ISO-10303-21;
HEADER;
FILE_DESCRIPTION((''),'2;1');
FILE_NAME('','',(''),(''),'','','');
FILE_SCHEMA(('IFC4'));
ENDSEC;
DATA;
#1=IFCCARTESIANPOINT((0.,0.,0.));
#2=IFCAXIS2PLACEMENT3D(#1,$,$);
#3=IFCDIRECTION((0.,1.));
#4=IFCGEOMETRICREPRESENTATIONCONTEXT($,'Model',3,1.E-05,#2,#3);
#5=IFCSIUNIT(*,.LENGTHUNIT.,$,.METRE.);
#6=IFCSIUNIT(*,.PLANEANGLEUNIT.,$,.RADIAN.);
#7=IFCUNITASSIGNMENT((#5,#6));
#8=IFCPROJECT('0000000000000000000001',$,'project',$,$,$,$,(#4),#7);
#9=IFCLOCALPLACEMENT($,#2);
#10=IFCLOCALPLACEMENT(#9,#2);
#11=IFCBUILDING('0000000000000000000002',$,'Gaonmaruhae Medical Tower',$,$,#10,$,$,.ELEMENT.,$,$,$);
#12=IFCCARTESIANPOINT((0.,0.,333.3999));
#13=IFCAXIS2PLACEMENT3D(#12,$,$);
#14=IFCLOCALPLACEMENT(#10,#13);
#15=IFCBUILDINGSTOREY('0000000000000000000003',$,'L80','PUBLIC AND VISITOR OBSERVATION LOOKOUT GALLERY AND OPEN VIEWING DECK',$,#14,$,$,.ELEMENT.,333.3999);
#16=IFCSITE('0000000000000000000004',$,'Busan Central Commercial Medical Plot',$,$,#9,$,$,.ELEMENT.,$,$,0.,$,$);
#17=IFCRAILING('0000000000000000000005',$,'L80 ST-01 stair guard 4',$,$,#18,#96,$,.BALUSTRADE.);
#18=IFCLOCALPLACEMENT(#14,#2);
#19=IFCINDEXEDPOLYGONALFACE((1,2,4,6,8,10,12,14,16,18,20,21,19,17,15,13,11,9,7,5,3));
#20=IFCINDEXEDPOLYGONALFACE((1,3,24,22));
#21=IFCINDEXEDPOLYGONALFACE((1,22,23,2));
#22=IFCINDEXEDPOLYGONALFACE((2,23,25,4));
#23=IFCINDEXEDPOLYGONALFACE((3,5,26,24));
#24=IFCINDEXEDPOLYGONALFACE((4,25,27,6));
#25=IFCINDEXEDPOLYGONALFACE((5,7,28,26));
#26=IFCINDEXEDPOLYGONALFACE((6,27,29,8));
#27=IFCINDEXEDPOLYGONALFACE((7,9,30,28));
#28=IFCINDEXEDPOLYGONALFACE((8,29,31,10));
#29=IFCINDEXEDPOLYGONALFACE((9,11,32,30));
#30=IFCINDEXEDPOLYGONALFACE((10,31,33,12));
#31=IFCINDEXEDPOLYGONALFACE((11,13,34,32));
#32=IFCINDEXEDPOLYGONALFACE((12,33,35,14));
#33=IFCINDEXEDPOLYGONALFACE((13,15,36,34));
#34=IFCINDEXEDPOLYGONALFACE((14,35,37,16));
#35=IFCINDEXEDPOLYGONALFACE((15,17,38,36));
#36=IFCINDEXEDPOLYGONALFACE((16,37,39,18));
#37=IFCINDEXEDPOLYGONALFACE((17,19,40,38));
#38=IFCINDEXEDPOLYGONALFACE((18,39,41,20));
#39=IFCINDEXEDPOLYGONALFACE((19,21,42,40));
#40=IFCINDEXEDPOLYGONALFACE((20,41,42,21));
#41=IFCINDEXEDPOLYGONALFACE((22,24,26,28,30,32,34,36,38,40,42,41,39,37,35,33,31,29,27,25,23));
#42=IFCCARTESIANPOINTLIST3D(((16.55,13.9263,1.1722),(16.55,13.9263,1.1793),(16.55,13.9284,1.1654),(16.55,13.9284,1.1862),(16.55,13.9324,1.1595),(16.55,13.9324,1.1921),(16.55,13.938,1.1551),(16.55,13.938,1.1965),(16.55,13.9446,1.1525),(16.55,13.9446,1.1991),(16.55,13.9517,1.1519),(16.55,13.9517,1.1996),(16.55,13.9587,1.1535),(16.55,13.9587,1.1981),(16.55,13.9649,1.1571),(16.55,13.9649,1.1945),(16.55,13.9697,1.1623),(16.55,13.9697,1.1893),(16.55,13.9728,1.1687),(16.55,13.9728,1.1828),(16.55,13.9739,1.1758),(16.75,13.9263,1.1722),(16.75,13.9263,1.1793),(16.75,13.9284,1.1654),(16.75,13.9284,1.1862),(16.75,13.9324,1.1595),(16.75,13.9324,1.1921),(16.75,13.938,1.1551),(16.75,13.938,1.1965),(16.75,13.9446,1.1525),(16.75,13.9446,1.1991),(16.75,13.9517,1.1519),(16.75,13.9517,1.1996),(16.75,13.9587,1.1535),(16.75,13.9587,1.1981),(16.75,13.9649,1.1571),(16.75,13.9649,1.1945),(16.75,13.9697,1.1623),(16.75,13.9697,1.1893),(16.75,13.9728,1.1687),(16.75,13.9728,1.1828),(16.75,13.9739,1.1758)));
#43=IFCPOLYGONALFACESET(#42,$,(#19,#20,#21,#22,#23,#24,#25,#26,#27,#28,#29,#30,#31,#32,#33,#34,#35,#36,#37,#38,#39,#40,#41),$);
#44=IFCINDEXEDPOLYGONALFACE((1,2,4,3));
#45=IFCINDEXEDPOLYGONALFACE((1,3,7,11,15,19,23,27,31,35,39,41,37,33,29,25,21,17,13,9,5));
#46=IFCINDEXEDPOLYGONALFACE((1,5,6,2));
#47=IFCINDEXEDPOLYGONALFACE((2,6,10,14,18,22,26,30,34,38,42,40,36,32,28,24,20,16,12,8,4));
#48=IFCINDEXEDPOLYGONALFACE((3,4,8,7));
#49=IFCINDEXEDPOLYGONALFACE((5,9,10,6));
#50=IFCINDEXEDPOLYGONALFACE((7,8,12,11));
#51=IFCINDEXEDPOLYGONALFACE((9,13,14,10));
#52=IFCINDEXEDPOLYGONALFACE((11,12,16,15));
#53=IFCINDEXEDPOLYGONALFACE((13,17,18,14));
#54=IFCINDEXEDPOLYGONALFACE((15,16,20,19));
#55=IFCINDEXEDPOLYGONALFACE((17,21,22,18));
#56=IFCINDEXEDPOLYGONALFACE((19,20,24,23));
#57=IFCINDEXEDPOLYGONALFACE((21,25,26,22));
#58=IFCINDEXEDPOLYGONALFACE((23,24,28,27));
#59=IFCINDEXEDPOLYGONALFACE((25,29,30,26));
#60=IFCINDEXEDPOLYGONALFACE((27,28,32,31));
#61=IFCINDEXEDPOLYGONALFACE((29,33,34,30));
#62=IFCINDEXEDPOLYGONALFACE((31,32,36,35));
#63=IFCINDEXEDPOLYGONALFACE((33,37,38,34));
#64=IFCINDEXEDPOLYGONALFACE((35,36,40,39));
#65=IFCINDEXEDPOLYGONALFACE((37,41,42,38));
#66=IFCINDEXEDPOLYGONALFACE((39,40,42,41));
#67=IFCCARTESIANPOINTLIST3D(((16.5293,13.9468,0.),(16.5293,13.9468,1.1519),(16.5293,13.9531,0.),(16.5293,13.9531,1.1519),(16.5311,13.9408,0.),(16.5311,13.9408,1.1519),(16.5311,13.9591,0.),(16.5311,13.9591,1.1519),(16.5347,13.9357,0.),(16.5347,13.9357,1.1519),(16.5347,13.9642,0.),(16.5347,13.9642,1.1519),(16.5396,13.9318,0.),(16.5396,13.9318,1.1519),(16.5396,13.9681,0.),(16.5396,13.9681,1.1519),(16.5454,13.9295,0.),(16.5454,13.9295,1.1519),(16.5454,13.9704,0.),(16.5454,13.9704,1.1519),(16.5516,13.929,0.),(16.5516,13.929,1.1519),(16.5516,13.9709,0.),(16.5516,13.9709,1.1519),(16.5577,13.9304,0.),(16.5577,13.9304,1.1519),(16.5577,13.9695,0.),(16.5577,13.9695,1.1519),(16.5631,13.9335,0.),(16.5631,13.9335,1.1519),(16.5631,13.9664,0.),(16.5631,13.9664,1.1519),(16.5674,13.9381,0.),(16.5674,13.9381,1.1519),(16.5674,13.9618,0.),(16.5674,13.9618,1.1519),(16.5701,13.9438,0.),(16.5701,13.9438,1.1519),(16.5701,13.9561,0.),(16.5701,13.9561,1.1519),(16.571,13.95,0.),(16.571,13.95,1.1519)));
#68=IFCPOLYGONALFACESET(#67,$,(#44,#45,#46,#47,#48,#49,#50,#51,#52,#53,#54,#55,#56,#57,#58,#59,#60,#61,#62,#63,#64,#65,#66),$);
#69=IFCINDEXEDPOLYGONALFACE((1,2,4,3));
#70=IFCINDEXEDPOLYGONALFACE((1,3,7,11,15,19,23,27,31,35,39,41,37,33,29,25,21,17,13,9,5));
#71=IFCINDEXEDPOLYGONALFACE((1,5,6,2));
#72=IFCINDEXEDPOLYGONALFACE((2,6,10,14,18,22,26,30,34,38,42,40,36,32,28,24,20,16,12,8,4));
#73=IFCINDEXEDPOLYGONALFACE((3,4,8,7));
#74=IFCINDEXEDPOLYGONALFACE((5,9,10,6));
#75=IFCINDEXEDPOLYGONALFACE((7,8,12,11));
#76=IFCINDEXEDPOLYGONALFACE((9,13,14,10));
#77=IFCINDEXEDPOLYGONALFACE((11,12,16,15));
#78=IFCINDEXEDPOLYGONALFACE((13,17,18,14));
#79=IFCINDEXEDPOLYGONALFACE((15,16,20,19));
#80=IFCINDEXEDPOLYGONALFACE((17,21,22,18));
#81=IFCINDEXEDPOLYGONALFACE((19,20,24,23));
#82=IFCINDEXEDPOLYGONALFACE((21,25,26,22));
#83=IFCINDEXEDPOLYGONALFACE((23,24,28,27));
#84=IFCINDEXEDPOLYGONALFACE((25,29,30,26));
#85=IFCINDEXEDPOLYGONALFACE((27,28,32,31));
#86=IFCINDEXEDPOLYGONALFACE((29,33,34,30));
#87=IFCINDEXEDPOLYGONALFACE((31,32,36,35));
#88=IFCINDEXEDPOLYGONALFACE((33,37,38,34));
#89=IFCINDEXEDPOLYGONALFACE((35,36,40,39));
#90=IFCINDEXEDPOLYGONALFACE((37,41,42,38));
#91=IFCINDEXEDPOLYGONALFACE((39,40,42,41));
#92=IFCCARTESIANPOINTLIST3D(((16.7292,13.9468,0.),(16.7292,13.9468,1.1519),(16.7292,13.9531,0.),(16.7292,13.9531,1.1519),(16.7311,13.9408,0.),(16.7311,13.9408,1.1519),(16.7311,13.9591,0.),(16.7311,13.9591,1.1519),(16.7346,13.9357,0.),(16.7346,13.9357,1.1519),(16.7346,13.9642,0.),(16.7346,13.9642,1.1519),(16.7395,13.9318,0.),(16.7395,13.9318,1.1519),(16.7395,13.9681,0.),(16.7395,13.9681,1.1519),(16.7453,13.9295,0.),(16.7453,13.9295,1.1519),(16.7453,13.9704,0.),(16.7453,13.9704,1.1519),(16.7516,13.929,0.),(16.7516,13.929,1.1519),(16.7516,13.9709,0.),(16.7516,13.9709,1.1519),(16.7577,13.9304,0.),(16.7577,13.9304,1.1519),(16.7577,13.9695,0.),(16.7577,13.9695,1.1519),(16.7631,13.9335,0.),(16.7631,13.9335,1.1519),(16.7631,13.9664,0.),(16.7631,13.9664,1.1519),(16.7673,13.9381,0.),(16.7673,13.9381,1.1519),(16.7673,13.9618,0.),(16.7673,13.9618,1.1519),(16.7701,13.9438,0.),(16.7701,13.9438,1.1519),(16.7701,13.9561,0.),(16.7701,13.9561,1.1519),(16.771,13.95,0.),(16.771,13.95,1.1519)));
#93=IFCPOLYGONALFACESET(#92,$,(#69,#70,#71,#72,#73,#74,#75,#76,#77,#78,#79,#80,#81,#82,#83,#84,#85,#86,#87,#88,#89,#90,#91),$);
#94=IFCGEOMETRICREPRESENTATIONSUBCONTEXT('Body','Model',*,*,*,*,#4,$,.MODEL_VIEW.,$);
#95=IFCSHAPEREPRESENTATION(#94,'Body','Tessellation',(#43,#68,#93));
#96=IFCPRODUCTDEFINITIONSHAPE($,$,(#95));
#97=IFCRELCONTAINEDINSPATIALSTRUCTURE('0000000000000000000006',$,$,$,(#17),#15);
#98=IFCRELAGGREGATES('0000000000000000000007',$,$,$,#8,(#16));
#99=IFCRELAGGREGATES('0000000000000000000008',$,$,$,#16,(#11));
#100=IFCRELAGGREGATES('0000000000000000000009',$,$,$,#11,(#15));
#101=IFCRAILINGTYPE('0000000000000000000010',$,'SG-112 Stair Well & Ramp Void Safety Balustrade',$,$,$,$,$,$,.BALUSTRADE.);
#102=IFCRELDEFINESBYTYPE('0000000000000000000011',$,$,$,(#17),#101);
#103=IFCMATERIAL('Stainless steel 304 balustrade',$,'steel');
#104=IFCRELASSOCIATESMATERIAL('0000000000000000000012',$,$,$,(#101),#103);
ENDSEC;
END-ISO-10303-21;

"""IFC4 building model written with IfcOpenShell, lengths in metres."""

from ifc_helpers import new_model, si_unit, direction, frame, origin, origin_2d, place, context, subcontext, project, spatial, circle, extrude, material, type_object, element, save


model = new_model("IFC4")

# Units and contexts
model_context = context("Model", 3, precision=1e-05, world=origin(), true_north=direction((0.0, 1.0)))
body_context = subcontext(model_context, "Body", "Model", "MODEL_VIEW")
ifc_project = project(units=[si_unit("LENGTHUNIT", "METRE"), si_unit("PLANEANGLEUNIT", "RADIAN")], contexts=[model_context])

# Site, building, storey
site_placement = place(None, origin())
site = spatial("IfcSite", under=ifc_project, at=site_placement, Name="Busan Central Commercial Medical Plot", CompositionType="ELEMENT", RefElevation=0.0)
building_placement = place(site_placement, origin())
building = spatial("IfcBuilding", under=site, at=building_placement, Name="Gaonmaruhae Medical Tower", CompositionType="ELEMENT")
storey_placement = place(building_placement, frame((0.0, 0.0, 333.3999)))
storey = spatial("IfcBuildingStorey", under=building, at=storey_placement, Name="L80", Description="PUBLIC AND VISITOR OBSERVATION LOOKOUT GALLERY AND OPEN VIEWING DECK", CompositionType="ELEMENT", Elevation=333.3999)

# Railing
ifc_material_1 = material(Name="Stainless steel 304 balustrade", Category="steel")
railing_type_1 = type_object("IfcRailingType", Name="SG-112 Stair Well & Ramp Void Safety Balustrade", PredefinedType="BALUSTRADE", material=ifc_material_1)
railing_1_placement = place(storey_placement, frame((16.55, 13.95, 0.0)))
element("IfcRailing", 1, at=railing_1_placement, inside=storey, type_object=railing_type_1, Name="L80 ST-01 stair guard 4", PredefinedType="BALUSTRADE", context=body_context, shape_type="SweptSolid", body=[
    extrude(circle(Radius=0.0239, at=origin_2d()), frame((0.0, 0.0, 1.1758), z_axis=(1.0, 0.0, 0.0), x_axis=(0.0, 1.0, 0.0)), (0.0, 0.0, 1.0), 0.2),
    extrude(circle(Radius=0.021, at=origin_2d()), origin(), (0.0, 0.0, 1.0), 1.1519),
    extrude(circle(Radius=0.021, at=origin_2d()), frame((0.2, 0.0, 0.0)), (0.0, 0.0, 1.0), 1.1519),
])

save(model, "model.ifc")
